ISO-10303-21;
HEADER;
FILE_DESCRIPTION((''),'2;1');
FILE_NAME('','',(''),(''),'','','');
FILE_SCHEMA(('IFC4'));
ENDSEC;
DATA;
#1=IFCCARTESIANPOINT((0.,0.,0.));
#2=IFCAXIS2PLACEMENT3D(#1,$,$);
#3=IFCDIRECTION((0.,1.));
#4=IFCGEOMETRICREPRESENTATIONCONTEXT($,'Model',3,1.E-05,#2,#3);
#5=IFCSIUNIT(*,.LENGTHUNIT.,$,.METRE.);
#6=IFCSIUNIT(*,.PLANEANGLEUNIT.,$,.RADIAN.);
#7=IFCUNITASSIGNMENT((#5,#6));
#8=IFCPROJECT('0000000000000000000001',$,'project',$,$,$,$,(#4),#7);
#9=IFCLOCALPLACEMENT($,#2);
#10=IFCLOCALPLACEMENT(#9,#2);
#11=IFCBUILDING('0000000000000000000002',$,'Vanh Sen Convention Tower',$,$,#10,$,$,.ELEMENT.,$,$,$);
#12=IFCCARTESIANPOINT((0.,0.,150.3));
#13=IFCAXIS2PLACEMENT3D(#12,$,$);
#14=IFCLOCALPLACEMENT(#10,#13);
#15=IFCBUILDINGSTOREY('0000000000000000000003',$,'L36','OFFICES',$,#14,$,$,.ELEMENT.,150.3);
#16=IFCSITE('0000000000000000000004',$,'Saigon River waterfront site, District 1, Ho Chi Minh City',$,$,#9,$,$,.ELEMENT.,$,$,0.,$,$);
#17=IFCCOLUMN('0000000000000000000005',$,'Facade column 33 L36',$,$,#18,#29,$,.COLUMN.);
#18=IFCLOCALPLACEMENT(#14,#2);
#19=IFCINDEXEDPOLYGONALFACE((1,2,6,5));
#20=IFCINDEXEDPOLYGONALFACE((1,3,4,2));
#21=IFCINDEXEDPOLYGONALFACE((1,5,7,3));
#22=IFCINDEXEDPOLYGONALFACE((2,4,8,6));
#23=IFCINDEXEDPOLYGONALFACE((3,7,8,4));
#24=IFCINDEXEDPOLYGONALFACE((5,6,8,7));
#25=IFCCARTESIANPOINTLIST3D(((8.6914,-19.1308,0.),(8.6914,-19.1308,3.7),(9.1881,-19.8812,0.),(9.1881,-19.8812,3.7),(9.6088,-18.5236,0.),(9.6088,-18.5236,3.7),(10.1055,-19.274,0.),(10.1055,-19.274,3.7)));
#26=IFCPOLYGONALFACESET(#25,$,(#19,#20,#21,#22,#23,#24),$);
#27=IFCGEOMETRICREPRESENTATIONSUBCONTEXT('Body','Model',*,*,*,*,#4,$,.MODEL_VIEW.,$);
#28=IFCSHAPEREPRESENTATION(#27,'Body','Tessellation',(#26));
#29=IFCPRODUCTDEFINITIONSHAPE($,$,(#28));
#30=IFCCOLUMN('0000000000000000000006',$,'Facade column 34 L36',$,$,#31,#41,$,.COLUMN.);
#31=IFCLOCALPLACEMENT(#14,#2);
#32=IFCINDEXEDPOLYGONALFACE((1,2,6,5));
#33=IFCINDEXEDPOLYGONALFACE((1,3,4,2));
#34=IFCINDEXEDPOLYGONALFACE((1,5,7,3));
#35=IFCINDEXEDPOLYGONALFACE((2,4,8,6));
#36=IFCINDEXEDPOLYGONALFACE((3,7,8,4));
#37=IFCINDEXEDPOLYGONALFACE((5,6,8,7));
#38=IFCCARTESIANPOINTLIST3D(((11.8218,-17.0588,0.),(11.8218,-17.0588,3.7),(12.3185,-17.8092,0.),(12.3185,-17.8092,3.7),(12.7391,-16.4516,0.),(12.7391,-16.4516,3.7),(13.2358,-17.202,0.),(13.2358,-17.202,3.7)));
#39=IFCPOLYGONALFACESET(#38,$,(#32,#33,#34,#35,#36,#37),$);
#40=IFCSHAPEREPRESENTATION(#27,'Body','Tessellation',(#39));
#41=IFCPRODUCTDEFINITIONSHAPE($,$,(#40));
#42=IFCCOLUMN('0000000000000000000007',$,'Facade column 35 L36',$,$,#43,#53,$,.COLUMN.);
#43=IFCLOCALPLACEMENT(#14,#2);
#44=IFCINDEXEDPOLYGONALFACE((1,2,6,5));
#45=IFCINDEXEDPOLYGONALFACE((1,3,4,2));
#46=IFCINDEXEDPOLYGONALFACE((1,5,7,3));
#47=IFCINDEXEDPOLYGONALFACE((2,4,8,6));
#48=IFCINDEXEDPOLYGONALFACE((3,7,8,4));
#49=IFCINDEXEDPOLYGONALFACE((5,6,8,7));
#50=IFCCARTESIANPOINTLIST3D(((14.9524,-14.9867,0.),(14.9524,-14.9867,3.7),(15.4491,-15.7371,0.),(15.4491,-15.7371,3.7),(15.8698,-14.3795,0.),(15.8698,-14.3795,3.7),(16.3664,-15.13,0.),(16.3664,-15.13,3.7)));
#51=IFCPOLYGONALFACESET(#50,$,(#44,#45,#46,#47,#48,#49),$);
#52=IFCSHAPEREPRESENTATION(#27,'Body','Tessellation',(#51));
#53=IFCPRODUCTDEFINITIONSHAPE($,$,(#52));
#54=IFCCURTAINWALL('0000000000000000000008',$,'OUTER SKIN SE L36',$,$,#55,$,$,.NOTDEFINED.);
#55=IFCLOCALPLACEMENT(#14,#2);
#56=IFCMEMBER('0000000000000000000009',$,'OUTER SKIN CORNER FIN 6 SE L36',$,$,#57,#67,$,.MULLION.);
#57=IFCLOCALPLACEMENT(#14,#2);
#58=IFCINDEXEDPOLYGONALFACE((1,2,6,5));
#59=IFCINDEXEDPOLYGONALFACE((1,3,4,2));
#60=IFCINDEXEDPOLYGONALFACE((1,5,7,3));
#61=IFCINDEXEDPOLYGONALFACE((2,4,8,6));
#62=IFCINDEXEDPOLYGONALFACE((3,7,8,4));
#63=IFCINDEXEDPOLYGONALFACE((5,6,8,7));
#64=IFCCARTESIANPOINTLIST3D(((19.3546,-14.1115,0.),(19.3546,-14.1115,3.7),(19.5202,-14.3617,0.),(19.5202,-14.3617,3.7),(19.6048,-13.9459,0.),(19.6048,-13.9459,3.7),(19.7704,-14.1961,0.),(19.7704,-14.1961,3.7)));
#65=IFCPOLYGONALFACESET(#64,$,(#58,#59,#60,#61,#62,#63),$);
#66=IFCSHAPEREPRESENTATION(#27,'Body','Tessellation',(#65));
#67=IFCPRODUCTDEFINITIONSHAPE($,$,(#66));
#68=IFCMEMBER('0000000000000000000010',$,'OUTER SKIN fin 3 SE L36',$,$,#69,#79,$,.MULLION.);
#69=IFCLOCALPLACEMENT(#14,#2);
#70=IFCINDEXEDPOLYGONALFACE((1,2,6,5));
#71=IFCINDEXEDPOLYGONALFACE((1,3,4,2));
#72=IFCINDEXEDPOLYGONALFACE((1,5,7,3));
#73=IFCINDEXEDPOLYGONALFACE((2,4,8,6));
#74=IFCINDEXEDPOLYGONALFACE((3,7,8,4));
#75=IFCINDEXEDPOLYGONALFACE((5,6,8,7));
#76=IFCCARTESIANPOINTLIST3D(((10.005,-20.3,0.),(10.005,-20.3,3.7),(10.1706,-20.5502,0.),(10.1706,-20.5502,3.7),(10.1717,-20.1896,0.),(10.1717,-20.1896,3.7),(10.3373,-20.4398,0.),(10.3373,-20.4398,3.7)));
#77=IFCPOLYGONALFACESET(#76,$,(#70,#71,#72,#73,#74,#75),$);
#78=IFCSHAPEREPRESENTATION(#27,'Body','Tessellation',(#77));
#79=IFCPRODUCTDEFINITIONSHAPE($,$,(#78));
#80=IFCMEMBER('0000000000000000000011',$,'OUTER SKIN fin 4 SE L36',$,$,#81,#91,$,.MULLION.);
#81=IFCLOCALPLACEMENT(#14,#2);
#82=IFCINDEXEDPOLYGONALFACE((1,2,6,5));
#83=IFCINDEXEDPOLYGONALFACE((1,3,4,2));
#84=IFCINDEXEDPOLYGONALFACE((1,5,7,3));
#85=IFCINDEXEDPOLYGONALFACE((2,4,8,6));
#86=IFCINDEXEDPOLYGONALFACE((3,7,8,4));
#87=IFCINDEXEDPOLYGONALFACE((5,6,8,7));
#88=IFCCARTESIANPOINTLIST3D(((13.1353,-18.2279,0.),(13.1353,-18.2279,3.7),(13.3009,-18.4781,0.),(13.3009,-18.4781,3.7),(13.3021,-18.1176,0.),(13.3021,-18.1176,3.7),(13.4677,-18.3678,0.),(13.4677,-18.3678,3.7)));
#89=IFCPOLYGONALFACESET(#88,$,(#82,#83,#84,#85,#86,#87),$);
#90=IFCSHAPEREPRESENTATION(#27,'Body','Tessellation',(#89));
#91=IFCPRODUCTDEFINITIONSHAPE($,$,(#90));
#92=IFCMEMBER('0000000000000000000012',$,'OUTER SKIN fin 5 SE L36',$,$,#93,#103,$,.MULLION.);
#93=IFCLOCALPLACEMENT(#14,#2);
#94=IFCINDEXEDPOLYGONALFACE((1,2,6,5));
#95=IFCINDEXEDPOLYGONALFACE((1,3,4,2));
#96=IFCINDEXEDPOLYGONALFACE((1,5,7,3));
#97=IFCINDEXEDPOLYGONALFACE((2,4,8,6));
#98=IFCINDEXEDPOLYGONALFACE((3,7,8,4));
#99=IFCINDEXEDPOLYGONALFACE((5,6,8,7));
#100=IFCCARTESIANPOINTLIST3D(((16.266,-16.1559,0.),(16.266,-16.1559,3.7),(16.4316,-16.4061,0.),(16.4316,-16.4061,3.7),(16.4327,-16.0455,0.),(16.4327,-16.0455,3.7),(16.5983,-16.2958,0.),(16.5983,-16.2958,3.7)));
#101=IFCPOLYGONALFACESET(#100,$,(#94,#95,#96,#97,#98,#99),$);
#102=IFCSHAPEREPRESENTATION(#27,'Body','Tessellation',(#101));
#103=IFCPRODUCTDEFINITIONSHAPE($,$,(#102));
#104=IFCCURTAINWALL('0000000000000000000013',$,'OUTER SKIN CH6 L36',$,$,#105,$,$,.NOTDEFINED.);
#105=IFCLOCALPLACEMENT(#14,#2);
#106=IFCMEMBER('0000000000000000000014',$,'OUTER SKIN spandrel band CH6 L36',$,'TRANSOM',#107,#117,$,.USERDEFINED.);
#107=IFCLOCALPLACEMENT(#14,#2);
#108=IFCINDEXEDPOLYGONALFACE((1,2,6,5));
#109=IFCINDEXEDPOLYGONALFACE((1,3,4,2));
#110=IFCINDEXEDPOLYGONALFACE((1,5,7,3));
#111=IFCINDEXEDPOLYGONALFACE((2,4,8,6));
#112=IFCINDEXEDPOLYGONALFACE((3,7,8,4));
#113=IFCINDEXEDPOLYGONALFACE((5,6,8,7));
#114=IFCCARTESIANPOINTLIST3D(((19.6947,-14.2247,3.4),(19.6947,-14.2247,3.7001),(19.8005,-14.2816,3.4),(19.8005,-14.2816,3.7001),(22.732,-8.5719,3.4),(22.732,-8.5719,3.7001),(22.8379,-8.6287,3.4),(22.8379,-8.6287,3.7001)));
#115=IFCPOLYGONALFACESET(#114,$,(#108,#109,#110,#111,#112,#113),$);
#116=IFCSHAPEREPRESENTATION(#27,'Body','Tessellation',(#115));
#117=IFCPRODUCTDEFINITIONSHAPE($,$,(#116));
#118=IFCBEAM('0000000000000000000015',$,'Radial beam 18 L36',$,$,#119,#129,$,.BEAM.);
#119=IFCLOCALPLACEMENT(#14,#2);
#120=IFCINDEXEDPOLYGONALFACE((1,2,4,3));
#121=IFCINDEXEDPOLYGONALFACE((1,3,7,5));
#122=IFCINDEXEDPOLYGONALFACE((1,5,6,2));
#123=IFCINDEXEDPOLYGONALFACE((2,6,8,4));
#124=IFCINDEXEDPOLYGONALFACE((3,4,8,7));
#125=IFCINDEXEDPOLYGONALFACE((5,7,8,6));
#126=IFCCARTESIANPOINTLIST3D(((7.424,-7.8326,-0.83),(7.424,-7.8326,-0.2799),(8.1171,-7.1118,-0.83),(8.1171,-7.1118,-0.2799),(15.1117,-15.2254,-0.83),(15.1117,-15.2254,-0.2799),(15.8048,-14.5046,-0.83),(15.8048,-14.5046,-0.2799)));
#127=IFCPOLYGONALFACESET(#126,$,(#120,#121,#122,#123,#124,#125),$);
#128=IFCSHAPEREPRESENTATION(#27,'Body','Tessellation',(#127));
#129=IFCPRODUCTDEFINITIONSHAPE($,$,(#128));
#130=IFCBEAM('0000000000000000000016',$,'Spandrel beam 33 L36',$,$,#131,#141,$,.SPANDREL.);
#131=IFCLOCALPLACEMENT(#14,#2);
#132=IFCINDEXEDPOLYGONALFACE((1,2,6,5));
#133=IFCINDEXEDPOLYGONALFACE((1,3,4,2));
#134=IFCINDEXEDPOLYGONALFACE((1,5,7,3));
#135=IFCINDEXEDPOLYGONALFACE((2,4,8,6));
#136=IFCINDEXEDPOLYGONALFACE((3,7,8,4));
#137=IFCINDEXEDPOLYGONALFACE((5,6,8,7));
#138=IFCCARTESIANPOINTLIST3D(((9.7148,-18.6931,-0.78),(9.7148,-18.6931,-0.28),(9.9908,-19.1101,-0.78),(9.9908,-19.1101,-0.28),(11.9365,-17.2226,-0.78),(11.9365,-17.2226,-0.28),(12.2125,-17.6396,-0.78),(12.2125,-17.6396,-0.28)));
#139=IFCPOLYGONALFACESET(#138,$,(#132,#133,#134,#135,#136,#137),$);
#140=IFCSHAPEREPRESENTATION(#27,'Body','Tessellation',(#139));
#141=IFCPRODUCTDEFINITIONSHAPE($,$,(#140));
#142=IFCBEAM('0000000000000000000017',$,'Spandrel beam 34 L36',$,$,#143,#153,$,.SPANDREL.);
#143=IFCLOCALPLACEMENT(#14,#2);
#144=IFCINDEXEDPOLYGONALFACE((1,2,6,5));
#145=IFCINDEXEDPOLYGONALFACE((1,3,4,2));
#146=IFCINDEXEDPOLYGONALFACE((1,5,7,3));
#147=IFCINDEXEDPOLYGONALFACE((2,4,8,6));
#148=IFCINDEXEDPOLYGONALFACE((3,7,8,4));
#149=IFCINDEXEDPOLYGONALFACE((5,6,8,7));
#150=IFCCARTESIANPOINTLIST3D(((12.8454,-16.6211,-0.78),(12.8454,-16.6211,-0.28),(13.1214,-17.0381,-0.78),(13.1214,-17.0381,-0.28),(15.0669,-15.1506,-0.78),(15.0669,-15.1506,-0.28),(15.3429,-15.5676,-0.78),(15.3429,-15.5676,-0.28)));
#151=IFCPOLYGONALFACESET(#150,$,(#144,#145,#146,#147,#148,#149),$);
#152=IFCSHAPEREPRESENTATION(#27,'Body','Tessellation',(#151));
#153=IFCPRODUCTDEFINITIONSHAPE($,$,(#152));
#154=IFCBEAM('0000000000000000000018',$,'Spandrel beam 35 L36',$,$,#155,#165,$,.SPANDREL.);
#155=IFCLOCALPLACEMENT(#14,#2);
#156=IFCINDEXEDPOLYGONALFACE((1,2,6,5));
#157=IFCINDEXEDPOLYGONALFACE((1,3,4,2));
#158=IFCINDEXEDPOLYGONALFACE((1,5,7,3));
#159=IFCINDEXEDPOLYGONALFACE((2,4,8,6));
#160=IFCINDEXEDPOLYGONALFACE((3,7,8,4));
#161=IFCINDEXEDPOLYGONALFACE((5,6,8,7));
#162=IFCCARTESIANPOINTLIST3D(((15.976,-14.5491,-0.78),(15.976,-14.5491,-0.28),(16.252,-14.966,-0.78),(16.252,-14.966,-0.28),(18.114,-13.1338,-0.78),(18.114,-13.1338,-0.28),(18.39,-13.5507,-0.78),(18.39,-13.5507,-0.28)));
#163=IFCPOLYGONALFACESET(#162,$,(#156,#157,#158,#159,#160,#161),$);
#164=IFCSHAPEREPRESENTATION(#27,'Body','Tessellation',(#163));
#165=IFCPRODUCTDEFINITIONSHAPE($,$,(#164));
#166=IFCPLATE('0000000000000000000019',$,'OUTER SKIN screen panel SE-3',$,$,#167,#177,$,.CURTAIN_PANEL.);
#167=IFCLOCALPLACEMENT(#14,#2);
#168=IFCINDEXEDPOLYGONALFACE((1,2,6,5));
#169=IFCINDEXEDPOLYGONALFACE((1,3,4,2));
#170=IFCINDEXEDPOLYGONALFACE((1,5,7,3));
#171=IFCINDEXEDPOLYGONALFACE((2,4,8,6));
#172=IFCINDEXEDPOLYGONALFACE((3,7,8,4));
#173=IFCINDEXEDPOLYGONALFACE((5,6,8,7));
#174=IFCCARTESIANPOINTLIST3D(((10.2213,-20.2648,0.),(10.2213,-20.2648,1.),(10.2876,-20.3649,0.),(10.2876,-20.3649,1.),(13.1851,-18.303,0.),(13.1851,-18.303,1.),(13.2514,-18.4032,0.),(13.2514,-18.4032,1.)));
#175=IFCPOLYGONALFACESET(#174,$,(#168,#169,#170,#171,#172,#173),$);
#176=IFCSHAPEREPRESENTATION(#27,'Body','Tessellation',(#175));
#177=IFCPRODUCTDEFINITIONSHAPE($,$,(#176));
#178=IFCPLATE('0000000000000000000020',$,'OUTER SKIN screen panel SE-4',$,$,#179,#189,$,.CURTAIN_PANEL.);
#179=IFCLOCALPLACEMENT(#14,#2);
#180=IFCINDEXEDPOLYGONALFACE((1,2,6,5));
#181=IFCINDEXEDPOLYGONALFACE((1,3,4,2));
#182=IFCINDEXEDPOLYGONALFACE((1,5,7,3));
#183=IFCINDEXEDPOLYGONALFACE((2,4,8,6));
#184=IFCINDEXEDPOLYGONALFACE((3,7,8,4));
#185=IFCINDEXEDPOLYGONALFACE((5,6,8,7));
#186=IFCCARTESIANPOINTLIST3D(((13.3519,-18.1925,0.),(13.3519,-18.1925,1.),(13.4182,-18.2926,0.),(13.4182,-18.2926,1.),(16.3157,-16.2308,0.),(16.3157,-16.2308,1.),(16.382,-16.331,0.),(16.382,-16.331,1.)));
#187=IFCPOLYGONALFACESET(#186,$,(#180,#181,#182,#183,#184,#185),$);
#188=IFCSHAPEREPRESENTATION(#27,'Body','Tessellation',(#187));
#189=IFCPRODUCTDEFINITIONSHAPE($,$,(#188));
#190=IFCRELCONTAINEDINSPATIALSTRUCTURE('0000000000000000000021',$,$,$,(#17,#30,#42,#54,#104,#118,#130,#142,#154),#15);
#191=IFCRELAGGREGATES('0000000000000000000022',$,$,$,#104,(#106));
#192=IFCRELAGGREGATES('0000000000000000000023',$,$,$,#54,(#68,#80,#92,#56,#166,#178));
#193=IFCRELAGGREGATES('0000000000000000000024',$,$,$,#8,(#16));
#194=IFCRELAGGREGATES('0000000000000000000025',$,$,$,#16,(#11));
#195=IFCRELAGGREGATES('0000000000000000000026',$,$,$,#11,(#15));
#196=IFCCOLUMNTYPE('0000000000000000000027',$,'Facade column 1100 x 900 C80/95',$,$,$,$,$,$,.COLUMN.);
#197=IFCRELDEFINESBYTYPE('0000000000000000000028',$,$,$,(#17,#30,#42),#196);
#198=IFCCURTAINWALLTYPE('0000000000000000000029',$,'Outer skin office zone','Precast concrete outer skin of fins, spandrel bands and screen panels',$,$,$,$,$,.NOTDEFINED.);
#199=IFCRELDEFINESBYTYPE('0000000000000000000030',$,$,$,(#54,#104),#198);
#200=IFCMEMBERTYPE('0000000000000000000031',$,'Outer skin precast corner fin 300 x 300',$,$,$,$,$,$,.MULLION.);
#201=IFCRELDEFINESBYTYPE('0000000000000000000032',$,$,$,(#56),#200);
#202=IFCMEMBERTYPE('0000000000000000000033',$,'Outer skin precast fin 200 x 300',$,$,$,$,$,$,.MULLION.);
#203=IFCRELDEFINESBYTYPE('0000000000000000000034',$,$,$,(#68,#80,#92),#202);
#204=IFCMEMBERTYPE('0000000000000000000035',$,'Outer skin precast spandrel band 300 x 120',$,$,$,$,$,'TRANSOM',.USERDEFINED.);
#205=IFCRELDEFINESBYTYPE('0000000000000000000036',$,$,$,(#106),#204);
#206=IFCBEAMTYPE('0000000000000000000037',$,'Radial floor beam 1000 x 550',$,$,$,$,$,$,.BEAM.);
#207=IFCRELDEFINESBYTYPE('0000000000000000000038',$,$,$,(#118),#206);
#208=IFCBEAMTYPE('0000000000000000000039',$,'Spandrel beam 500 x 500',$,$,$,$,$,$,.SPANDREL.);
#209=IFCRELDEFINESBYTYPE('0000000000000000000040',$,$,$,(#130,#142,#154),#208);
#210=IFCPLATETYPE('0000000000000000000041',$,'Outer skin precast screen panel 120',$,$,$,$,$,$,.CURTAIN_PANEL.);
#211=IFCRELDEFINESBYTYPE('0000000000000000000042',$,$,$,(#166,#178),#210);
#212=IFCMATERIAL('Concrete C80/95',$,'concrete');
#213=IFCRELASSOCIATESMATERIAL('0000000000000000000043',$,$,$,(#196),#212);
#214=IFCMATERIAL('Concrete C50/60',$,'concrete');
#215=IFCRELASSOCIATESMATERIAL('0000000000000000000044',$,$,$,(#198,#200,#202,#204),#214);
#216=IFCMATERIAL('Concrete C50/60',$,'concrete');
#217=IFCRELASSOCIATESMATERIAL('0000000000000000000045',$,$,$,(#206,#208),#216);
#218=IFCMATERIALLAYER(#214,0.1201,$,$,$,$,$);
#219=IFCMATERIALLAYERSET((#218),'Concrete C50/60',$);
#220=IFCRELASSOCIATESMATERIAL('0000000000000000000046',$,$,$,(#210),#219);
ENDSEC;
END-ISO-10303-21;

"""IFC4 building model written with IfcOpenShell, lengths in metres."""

from ifc_helpers import new_model, si_unit, direction, frame, origin, origin_2d, place, context, subcontext, project, spatial, rectangle, extrude, material, layer, layer_set, material_profile, profile_set, type_object, element, aggregate, save


model = new_model("IFC4")

# Units and contexts
model_context = context("Model", 3, precision=1e-05, world=origin(), true_north=direction((0.0, 1.0)))
body_context = subcontext(model_context, "Body", "Model", "MODEL_VIEW")
ifc_project = project(units=[si_unit("LENGTHUNIT", "METRE"), si_unit("PLANEANGLEUNIT", "RADIAN")], contexts=[model_context])

# Site, building, storey
site_placement = place(None, origin())
site = spatial("IfcSite", under=ifc_project, at=site_placement, Name="Saigon River waterfront site, District 1, Ho Chi Minh City", CompositionType="ELEMENT", RefElevation=0.0)
building_placement = place(site_placement, origin())
building = spatial("IfcBuilding", under=site, at=building_placement, Name="Vanh Sen Convention Tower", CompositionType="ELEMENT")
storey_placement = place(building_placement, frame((0.0, 0.0, 150.3)))
storey = spatial("IfcBuildingStorey", under=building, at=storey_placement, Name="L36", Description="OFFICES", CompositionType="ELEMENT", Elevation=150.3)

# Columns
ifc_material_1 = material(Name="Concrete C80/95", Category="concrete")
ifc_material_profile_1 = material_profile(ifc_material_1, rectangle(XDim=1.1001, YDim=0.8999, at=origin_2d()), Name="RC 1100X900")
ifc_profile_set_1 = profile_set([ifc_material_profile_1], Name="Concrete C80/95")
column_type = type_object("IfcColumnType", Name="Facade column 1100 x 900 C80/95", PredefinedType="COLUMN", material=ifc_profile_set_1)
for number, where, z_axis, x_axis, name in (
    (1, (9.3984, -19.2024, 0.0), (0.0, 0.0, 1.0), (0.833886, 0.551937, 0.0), "Facade column 33 L36"),
    (2, (12.5288, -17.1304, 0.0), (0.0, 0.0, 1.0), (0.833886, 0.551937, 0.0), "Facade column 34 L36"),
    (3, (15.6594, -15.0583, 0.0), (0.0, 0.0, 1.0), (0.833886, 0.551937, 0.0), "Facade column 35 L36"),
):
    element("IfcColumn", number, at=place(storey_placement, frame(where, z_axis=z_axis, x_axis=x_axis)), inside=storey, type_object=column_type, Name=name, PredefinedType="COLUMN", context=body_context, shape_type="SweptSolid", body=[
        extrude(rectangle(XDim=1.1001, YDim=0.8999, at=origin_2d()), origin(), (0.0, 0.0, 1.0), 3.7),
    ])

# Curtain wall, members
ifc_material_2 = material(Name="Concrete C50/60", Category="concrete")
curtain_wall_type = type_object("IfcCurtainWallType", Name="Outer skin office zone", Description="Precast concrete outer skin of fins, spandrel bands and screen panels", PredefinedType="NOTDEFINED", material=ifc_material_2)
curtain_wall_1_placement = place(storey_placement, origin())
curtain_wall_1 = element("IfcCurtainWall", 4, at=curtain_wall_1_placement, inside=storey, type_object=curtain_wall_type, Name="OUTER SKIN SE L36", PredefinedType="NOTDEFINED")
ifc_material_profile_2 = material_profile(ifc_material_2, rectangle(XDim=0.3, YDim=0.3, at=origin_2d()), Name="Outer skin precast corner fin 300 x 300")
ifc_profile_set_2 = profile_set([ifc_material_profile_2], Name="Concrete C50/60")
member_type_1 = type_object("IfcMemberType", Name="Outer skin precast corner fin 300 x 300", PredefinedType="MULLION", material=ifc_profile_set_2)
member_1_placement = place(storey_placement, frame((19.5625, -14.1538, 0.0), z_axis=(0.0, 0.0, 1.0), x_axis=(0.833886, 0.551937, 0.0)))
member_1 = element("IfcMember", 5, at=member_1_placement, type_object=member_type_1, Name="OUTER SKIN CORNER FIN 6 SE L36", PredefinedType="MULLION", context=body_context, shape_type="SweptSolid", body=[
    extrude(rectangle(XDim=0.3, YDim=0.3, at=origin_2d()), origin(), (0.0, 0.0, 1.0), 3.7),
])
ifc_material_profile_3 = material_profile(ifc_material_2, rectangle(XDim=0.2, YDim=0.3, at=origin_2d()), Name="Outer skin precast fin 200 x 300")
ifc_profile_set_3 = profile_set([ifc_material_profile_3], Name="Concrete C50/60")
member_type_2 = type_object("IfcMemberType", Name="Outer skin precast fin 200 x 300", PredefinedType="MULLION", material=ifc_profile_set_3)
member_2_placement = place(storey_placement, frame((10.1711, -20.3699, 0.0), z_axis=(0.0, 0.0, 1.0), x_axis=(0.833886, 0.551937, 0.0)))
member_2 = element("IfcMember", 6, at=member_2_placement, type_object=member_type_2, Name="OUTER SKIN fin 3 SE L36", PredefinedType="MULLION", context=body_context, shape_type="SweptSolid", body=[
    extrude(rectangle(XDim=0.2, YDim=0.3, at=origin_2d()), origin(), (0.0, 0.0, 1.0), 3.7),
])
member_3_placement = place(storey_placement, frame((13.3015, -18.2979, 0.0), z_axis=(0.0, 0.0, 1.0), x_axis=(0.833886, 0.551937, 0.0)))
member_3 = element("IfcMember", 7, at=member_3_placement, type_object=member_type_2, Name="OUTER SKIN fin 4 SE L36", PredefinedType="MULLION", context=body_context, shape_type="SweptSolid", body=[
    extrude(rectangle(XDim=0.2, YDim=0.3, at=origin_2d()), origin(), (0.0, 0.0, 1.0), 3.7),
])
member_4_placement = place(storey_placement, frame((16.4321, -16.2258, 0.0), z_axis=(0.0, 0.0, 1.0), x_axis=(0.833886, 0.551937, 0.0)))
member_4 = element("IfcMember", 8, at=member_4_placement, type_object=member_type_2, Name="OUTER SKIN fin 5 SE L36", PredefinedType="MULLION", context=body_context, shape_type="SweptSolid", body=[
    extrude(rectangle(XDim=0.2, YDim=0.3, at=origin_2d()), origin(), (0.0, 0.0, 1.0), 3.7),
])

# Curtain wall, member
curtain_wall_2_placement = place(storey_placement, origin())
curtain_wall_2 = element("IfcCurtainWall", 9, at=curtain_wall_2_placement, inside=storey, type_object=curtain_wall_type, Name="OUTER SKIN CH6 L36", PredefinedType="NOTDEFINED")
ifc_material_profile_4 = material_profile(ifc_material_2, rectangle(XDim=0.1201, YDim=0.3, at=origin_2d()), Name="Outer skin precast spandrel band 300 x 120")
ifc_profile_set_4 = profile_set([ifc_material_profile_4], Name="Concrete C50/60")
member_type_3 = type_object("IfcMemberType", Name="Outer skin precast spandrel band 300 x 120", ElementType="TRANSOM", PredefinedType="USERDEFINED", material=ifc_profile_set_4)
member_5_placement = place(storey_placement, frame((19.7476, -14.2532, 3.55), z_axis=(0.473317, 0.880892, 0.0), x_axis=(-0.880892, 0.473317, 0.0)))
member_5 = element("IfcMember", 10, at=member_5_placement, type_object=member_type_3, Name="OUTER SKIN spandrel band CH6 L36", ObjectType="TRANSOM", PredefinedType="USERDEFINED", context=body_context, shape_type="SweptSolid", body=[
    extrude(rectangle(XDim=0.1201, YDim=0.3, at=origin_2d()), origin(), (0.0, 0.0, 1.0), 6.4172),
])
aggregate(curtain_wall_2, [member_5])

# Beams
ifc_material_3 = material(Name="Concrete C50/60", Category="concrete")
ifc_material_profile_5 = material_profile(ifc_material_3, rectangle(XDim=1.0, YDim=0.55, at=origin_2d()), Name="RC 1000X550")
ifc_profile_set_5 = profile_set([ifc_material_profile_5], Name="Concrete C50/60")
beam_type_1 = type_object("IfcBeamType", Name="Radial floor beam 1000 x 550", PredefinedType="BEAM", material=ifc_profile_set_5)
beam_1_placement = place(storey_placement, frame((15.4583, -14.865, -0.5549), z_axis=(-0.720797, 0.693146, 0.0), x_axis=(-0.693146, -0.720797, 0.0)))
element("IfcBeam", 11, at=beam_1_placement, inside=storey, type_object=beam_type_1, Name="Radial beam 18 L36", PredefinedType="BEAM", context=body_context, shape_type="SweptSolid", body=[
    extrude(rectangle(XDim=1.0, YDim=0.55, at=origin_2d()), origin(), (0.0, 0.0, 1.0), 10.6655),
])
ifc_material_profile_6 = material_profile(ifc_material_3, rectangle(XDim=0.5, YDim=0.5, at=origin_2d()), Name="RC 500X500")
ifc_profile_set_6 = profile_set([ifc_material_profile_6], Name="Concrete C50/60")
beam_type_2 = type_object("IfcBeamType", Name="Spandrel beam 500 x 500", PredefinedType="SPANDREL", material=ifc_profile_set_6)
beam_2_placement = place(storey_placement, frame((9.8528, -18.9016, -0.53), z_axis=(0.833893, 0.551927, 0.0), x_axis=(-0.551927, 0.833893, 0.0)))
element("IfcBeam", 12, at=beam_2_placement, inside=storey, type_object=beam_type_2, Name="Spandrel beam 33 L36", PredefinedType="SPANDREL", context=body_context, shape_type="SweptSolid", body=[
    extrude(rectangle(XDim=0.5, YDim=0.5, at=origin_2d()), origin(), (0.0, 0.0, 1.0), 2.6643),
])
beam_3_placement = place(storey_placement, frame((12.9834, -16.8296, -0.53), z_axis=(0.833865, 0.551969, 0.0), x_axis=(-0.551969, 0.833865, 0.0)))
element("IfcBeam", 13, at=beam_3_placement, inside=storey, type_object=beam_type_2, Name="Spandrel beam 34 L36", PredefinedType="SPANDREL", context=body_context, shape_type="SweptSolid", body=[
    extrude(rectangle(XDim=0.5, YDim=0.5, at=origin_2d()), origin(), (0.0, 0.0, 1.0), 2.6641),
])
beam_4_placement = place(storey_placement, frame((16.114, -14.7576, -0.53), z_axis=(0.833848, 0.551994, 0.0), x_axis=(-0.551994, 0.833848, 0.0)))
element("IfcBeam", 14, at=beam_4_placement, inside=storey, type_object=beam_type_2, Name="Spandrel beam 35 L36", PredefinedType="SPANDREL", context=body_context, shape_type="SweptSolid", body=[
    extrude(rectangle(XDim=0.5, YDim=0.5, at=origin_2d()), origin(), (0.0, 0.0, 1.0), 2.564),
])

# Plates
ifc_layer_1 = layer(ifc_material_2, 0.1201)
ifc_layer_set_1 = layer_set([ifc_layer_1], Name="Concrete C50/60")
plate_type = type_object("IfcPlateType", Name="Outer skin precast screen panel 120", PredefinedType="CURTAIN_PANEL", material=ifc_layer_set_1)
plate_1_placement = place(storey_placement, frame((11.7363, -19.334, 0.0), z_axis=(0.0, 0.0, 1.0), x_axis=(0.833877, 0.55195, 0.0)))
plate_1 = element("IfcPlate", 15, at=plate_1_placement, type_object=plate_type, Name="OUTER SKIN screen panel SE-3", PredefinedType="CURTAIN_PANEL", context=body_context, shape_type="SweptSolid", body=[
    extrude(rectangle(XDim=3.5542, YDim=0.1201, at=origin_2d()), origin(), (0.0, 0.0, 1.0), 1.0),
])
plate_2_placement = place(storey_placement, frame((14.8669, -17.2617, 0.0), z_axis=(0.0, 0.0, 1.0), x_axis=(0.83389, 0.551931, 0.0)))
plate_2 = element("IfcPlate", 16, at=plate_2_placement, type_object=plate_type, Name="OUTER SKIN screen panel SE-4", PredefinedType="CURTAIN_PANEL", context=body_context, shape_type="SweptSolid", body=[
    extrude(rectangle(XDim=3.5542, YDim=0.1201, at=origin_2d()), origin(), (0.0, 0.0, 1.0), 1.0),
])
aggregate(curtain_wall_1, [member_2, member_3, member_4, member_1, plate_1, plate_2])

save(model, "model.ifc")
